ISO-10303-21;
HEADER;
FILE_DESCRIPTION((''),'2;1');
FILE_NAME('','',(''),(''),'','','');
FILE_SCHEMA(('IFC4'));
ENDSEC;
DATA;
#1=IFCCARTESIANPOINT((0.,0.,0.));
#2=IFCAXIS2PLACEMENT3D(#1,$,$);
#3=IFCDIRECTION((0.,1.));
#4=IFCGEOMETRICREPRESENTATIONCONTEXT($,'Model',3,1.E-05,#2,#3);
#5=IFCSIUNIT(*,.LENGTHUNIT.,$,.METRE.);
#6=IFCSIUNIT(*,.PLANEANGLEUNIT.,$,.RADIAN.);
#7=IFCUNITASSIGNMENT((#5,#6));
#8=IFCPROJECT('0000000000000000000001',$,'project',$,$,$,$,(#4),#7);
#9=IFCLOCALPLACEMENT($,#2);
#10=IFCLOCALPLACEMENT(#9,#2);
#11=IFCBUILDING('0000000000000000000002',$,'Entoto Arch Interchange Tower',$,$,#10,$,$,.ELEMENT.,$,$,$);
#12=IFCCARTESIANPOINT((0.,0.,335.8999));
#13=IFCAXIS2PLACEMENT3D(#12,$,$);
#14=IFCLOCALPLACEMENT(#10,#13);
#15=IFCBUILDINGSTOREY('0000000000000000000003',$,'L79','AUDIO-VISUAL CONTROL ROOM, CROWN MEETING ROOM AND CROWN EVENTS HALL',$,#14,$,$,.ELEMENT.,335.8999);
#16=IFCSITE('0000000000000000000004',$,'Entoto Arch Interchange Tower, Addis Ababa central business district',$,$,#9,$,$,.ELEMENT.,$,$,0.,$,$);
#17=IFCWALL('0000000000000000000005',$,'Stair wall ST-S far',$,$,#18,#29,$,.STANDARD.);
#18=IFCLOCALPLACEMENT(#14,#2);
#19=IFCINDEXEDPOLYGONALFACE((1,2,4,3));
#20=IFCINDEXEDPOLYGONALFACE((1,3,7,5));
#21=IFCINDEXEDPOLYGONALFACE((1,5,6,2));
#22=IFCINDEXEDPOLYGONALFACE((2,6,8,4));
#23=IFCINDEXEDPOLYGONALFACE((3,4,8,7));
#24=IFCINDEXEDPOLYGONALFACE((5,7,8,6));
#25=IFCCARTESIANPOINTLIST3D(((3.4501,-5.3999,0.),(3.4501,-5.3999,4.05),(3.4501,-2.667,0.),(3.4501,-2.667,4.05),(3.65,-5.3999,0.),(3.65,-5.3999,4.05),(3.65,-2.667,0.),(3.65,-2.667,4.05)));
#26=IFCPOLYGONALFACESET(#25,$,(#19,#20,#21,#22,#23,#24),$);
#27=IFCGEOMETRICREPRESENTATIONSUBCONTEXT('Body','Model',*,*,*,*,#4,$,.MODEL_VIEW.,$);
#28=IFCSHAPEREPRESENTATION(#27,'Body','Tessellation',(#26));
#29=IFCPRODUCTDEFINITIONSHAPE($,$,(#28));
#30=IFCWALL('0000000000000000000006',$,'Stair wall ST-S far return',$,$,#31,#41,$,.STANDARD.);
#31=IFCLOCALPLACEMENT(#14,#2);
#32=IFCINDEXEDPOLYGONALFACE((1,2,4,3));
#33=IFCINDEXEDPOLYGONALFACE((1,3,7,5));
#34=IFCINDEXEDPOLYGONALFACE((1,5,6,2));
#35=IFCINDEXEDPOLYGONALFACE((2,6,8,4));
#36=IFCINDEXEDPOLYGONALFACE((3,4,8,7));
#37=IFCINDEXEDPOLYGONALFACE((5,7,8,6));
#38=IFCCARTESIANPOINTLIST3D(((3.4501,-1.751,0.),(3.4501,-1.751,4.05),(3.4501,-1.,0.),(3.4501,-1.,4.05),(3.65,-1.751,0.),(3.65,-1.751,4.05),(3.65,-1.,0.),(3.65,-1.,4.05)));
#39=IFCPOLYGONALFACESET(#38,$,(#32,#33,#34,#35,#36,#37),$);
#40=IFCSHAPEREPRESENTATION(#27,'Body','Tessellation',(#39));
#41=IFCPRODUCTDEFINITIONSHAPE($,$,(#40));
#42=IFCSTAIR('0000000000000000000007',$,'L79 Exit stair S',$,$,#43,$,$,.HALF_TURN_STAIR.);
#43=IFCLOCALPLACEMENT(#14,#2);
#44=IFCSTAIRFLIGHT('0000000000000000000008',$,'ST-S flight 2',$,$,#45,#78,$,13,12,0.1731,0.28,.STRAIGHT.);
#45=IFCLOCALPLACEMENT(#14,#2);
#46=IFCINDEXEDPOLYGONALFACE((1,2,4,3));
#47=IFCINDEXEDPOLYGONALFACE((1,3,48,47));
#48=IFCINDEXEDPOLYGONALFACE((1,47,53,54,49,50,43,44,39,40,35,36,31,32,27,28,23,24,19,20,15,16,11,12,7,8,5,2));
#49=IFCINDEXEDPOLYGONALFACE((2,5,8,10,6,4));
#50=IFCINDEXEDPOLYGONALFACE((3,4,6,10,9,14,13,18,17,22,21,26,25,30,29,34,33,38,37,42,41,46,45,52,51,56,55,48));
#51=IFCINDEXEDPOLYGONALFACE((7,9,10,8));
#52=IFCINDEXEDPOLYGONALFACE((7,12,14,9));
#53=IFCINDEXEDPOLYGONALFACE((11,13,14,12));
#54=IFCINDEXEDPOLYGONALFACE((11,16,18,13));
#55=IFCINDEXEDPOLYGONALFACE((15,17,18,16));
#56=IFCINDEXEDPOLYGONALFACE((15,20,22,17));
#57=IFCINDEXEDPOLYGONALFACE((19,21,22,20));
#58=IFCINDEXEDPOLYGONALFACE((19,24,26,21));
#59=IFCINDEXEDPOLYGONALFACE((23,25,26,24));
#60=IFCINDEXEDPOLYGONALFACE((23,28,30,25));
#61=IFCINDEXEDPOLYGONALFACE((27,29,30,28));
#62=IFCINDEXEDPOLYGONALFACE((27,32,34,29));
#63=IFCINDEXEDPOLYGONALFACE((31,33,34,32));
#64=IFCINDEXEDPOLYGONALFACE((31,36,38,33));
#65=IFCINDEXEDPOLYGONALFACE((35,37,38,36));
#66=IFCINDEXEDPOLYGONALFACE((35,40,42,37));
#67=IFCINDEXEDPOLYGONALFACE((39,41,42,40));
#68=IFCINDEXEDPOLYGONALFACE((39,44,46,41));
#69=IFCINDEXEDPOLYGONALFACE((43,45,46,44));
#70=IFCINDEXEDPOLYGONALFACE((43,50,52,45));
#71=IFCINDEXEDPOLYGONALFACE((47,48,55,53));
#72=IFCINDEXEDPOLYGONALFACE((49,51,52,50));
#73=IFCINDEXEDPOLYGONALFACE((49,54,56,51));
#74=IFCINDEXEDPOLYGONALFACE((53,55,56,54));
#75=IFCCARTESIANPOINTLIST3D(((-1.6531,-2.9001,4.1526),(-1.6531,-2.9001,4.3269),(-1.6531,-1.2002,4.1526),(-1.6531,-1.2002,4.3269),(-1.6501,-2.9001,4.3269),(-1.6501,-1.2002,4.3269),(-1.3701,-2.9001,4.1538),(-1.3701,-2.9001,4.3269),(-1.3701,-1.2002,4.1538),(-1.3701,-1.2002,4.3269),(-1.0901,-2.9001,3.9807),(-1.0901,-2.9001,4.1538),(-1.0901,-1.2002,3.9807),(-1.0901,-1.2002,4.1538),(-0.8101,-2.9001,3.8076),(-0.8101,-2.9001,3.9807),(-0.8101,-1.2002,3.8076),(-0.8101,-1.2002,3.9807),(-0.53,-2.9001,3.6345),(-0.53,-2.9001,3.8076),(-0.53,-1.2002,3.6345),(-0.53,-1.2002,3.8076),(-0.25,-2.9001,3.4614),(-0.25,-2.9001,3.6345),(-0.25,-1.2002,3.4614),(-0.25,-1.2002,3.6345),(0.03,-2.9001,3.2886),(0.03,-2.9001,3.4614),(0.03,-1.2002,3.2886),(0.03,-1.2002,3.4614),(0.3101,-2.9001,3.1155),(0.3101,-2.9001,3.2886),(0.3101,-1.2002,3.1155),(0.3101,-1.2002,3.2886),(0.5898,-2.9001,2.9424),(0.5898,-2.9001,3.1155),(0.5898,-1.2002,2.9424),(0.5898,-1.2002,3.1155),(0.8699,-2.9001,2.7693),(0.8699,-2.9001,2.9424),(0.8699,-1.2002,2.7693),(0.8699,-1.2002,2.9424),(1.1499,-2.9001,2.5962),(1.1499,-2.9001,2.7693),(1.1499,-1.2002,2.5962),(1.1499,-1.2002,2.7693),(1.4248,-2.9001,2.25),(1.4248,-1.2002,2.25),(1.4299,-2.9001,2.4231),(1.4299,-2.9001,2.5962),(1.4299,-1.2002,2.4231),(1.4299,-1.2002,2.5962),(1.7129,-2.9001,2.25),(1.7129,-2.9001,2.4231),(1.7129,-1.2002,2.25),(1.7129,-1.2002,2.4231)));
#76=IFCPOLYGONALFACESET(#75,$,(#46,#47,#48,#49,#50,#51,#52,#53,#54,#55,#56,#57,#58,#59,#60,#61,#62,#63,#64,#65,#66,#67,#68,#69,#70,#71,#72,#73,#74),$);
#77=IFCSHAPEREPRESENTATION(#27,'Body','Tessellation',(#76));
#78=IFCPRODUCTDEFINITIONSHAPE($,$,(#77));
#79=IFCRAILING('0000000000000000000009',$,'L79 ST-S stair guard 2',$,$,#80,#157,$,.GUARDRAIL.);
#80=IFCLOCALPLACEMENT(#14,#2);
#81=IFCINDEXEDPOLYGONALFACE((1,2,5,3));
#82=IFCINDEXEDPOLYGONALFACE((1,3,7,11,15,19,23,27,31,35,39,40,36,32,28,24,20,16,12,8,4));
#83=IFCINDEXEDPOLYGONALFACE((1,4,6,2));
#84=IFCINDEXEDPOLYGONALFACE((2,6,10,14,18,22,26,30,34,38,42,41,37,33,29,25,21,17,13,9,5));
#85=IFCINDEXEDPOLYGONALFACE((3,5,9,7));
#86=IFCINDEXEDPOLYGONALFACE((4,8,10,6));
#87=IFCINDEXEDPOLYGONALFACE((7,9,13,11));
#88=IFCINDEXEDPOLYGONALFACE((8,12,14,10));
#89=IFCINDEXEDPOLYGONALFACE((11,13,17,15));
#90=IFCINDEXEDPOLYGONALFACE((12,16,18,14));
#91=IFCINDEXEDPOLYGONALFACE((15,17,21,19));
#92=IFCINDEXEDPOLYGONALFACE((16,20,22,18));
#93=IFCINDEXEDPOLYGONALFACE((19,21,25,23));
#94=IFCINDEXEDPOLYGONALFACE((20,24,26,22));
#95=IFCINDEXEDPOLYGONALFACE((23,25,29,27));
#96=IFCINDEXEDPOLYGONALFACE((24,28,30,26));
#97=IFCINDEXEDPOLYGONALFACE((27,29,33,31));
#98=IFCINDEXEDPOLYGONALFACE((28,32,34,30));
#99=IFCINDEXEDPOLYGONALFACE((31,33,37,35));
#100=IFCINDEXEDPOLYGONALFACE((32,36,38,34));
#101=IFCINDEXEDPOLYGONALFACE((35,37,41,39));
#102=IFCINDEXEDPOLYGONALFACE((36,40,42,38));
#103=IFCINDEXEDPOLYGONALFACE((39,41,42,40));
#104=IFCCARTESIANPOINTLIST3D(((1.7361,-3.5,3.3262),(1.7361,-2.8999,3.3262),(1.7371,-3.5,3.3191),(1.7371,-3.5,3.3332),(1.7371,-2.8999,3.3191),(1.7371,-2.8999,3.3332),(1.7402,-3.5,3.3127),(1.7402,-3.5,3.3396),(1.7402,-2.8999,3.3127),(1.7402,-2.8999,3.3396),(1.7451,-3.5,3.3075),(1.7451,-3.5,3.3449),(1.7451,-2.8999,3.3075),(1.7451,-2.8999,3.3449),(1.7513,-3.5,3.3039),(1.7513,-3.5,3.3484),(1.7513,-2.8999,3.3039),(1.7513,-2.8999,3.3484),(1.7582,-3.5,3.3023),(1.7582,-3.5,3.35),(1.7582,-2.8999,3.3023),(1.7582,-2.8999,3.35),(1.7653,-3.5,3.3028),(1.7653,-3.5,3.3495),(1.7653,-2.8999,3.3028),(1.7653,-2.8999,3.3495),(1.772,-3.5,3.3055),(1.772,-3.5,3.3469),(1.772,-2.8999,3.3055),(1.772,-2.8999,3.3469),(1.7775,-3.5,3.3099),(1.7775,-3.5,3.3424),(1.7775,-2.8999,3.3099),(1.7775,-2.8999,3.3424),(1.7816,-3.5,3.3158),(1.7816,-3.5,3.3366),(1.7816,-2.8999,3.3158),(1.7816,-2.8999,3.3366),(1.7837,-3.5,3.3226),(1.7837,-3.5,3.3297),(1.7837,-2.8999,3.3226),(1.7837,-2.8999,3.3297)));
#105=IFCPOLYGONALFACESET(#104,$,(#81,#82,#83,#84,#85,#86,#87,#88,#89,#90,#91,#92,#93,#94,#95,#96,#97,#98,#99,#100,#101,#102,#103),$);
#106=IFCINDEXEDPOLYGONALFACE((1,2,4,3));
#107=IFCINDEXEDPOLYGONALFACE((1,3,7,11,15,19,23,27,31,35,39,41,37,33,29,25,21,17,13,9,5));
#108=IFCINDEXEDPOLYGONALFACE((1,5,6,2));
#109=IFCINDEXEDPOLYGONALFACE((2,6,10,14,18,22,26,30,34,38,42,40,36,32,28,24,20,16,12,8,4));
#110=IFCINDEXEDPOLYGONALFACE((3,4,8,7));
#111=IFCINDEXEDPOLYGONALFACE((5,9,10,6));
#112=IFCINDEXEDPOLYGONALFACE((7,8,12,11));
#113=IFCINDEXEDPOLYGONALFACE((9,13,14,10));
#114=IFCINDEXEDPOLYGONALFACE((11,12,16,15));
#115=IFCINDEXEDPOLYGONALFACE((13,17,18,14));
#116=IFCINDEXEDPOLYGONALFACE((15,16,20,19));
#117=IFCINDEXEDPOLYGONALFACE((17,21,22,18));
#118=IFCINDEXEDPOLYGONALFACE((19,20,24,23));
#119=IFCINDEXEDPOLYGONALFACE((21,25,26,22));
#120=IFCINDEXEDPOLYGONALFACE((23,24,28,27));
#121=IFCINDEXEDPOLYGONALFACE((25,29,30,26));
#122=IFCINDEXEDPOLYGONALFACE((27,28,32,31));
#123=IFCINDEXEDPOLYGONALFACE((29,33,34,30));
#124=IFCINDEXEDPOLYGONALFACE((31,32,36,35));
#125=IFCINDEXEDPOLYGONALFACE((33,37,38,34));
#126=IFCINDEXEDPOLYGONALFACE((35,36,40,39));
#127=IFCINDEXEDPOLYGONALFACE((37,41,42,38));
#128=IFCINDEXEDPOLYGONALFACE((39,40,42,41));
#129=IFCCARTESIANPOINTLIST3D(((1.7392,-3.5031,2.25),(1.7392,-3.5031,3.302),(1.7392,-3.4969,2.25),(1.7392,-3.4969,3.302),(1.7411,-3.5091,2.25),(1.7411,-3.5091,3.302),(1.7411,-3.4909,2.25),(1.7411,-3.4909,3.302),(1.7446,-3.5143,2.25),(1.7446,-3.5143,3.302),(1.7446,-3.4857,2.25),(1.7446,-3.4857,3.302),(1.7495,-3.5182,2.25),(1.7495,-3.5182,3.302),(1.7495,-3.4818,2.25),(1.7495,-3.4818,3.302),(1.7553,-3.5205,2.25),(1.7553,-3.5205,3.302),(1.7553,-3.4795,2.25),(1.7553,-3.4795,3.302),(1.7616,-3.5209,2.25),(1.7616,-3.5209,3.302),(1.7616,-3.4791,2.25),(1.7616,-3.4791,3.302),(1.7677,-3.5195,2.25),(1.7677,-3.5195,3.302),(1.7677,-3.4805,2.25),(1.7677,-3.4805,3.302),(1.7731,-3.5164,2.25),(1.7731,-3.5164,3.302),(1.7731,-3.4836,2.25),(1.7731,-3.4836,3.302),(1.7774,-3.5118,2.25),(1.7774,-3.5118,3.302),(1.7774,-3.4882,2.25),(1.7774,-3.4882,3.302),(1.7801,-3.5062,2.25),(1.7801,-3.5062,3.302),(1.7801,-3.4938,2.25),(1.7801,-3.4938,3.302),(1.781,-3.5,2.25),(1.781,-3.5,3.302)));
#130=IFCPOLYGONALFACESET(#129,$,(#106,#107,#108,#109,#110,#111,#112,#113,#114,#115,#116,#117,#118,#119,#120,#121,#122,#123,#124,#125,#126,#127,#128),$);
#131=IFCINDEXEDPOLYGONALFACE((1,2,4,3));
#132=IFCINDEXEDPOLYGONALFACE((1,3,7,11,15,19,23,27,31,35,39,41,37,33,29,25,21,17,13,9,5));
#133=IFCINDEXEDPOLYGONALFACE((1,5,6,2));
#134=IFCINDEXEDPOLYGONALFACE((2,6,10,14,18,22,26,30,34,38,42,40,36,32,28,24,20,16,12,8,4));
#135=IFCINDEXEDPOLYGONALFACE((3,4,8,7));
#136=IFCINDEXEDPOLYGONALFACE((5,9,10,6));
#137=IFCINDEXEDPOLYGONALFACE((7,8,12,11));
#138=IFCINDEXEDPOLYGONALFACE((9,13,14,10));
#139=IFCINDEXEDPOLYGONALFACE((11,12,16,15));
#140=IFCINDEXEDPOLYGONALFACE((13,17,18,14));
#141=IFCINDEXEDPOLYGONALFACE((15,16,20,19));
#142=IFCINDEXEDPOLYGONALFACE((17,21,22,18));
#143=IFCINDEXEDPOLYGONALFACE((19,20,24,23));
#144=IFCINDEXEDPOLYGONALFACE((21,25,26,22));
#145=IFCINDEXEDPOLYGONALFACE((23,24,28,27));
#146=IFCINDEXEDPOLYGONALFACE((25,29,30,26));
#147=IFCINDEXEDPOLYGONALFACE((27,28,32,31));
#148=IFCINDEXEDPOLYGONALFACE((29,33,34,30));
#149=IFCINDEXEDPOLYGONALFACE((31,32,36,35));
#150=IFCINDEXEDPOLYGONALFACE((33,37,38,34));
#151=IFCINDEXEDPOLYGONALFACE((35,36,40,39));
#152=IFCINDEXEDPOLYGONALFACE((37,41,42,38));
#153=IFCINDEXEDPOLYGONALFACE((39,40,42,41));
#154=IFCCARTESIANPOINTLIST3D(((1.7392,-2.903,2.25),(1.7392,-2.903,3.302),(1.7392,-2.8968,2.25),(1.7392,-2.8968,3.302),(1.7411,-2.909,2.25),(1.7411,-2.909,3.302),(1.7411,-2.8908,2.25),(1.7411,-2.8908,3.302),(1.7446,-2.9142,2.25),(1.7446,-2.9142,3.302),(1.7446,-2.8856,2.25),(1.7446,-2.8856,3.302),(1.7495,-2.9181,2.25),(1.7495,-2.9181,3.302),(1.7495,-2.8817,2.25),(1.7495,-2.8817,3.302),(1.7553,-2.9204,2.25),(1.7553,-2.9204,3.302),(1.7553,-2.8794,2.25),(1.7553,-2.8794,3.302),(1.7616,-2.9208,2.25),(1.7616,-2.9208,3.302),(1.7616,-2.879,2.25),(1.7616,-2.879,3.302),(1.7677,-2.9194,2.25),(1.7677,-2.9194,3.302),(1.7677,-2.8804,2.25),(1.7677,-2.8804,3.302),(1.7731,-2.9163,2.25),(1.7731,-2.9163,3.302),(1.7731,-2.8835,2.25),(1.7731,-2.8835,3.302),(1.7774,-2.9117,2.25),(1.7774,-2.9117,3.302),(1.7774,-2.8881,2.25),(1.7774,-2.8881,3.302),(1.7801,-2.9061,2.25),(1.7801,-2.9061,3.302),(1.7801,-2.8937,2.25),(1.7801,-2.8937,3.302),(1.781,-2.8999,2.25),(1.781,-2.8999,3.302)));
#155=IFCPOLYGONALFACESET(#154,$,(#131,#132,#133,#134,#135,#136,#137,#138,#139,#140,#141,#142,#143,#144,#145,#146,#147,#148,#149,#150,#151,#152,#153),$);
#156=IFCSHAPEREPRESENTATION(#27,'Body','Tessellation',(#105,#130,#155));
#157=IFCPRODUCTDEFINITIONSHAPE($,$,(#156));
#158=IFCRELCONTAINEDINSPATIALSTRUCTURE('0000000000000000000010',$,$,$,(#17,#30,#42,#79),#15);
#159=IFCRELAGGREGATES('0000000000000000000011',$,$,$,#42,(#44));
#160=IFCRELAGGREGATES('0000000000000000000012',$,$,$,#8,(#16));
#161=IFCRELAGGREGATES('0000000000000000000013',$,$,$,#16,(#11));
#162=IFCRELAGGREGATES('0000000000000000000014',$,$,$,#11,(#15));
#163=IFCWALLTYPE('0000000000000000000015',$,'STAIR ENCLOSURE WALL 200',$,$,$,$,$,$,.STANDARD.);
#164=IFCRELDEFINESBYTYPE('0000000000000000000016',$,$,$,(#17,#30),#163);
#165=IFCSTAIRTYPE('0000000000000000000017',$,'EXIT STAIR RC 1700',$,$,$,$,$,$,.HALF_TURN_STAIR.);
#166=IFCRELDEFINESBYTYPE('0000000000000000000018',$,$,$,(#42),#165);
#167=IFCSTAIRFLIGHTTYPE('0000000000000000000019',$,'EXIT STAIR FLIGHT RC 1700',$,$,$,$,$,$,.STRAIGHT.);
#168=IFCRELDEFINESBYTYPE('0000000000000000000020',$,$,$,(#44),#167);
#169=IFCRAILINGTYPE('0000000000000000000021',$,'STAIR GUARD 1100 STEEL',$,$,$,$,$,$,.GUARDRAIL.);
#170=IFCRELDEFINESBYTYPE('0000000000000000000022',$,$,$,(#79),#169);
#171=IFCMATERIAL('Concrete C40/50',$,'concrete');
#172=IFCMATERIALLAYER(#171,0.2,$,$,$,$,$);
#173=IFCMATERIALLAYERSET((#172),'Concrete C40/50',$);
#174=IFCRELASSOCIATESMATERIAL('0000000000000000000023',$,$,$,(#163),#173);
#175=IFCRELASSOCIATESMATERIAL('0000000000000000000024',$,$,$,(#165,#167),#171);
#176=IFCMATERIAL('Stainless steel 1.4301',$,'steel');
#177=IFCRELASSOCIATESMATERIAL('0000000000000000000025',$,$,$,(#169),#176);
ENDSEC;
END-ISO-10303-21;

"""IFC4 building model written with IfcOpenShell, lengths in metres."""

from ifc_helpers import new_model, si_unit, direction, frame, frame_2d, origin, origin_2d, place, context, subcontext, project, spatial, polyline, rectangle, circle, outline, extrude, material, layer, layer_set, type_object, element, aggregate, save


model = new_model("IFC4")

# Units and contexts
model_context = context("Model", 3, precision=1e-05, world=origin(), true_north=direction((0.0, 1.0)))
body_context = subcontext(model_context, "Body", "Model", "MODEL_VIEW")
ifc_project = project(units=[si_unit("LENGTHUNIT", "METRE"), si_unit("PLANEANGLEUNIT", "RADIAN")], contexts=[model_context])

# Site, building, storey
site_placement = place(None, origin())
site = spatial("IfcSite", under=ifc_project, at=site_placement, Name="Entoto Arch Interchange Tower, Addis Ababa central business district", CompositionType="ELEMENT", RefElevation=0.0)
building_placement = place(site_placement, origin())
building = spatial("IfcBuilding", under=site, at=building_placement, Name="Entoto Arch Interchange Tower", CompositionType="ELEMENT")
storey_placement = place(building_placement, frame((0.0, 0.0, 335.8999)))
storey = spatial("IfcBuildingStorey", under=building, at=storey_placement, Name="L79", Description="AUDIO-VISUAL CONTROL ROOM, CROWN MEETING ROOM AND CROWN EVENTS HALL", CompositionType="ELEMENT", Elevation=335.8999)

# Shared definitions
ifc_material_1 = material(Name="Concrete C40/50", Category="concrete")

# Walls
ifc_layer_1 = layer(ifc_material_1, 0.2)
ifc_layer_set_1 = layer_set([ifc_layer_1], Name="Concrete C40/50")
wall_type_1 = type_object("IfcWallType", Name="STAIR ENCLOSURE WALL 200", PredefinedType="STANDARD", material=ifc_layer_set_1)
wall_1_placement = place(storey_placement, frame((3.55, -2.667, 0.0), z_axis=(0.0, 0.0, 1.0), x_axis=(0.0, -1.0, 0.0)))
element("IfcWall", 1, at=wall_1_placement, inside=storey, type_object=wall_type_1, Name="Stair wall ST-S far", PredefinedType="STANDARD", context=body_context, shape_type="SweptSolid", body=[
    extrude(rectangle(XDim=2.7329, YDim=0.2, at=frame_2d((1.3665, 0.0))), origin(), (0.0, 0.0, 1.0), 4.05),
])
wall_2_placement = place(storey_placement, frame((3.55, -1.0, 0.0), z_axis=(0.0, 0.0, 1.0), x_axis=(0.0, -1.0, 0.0)))
element("IfcWall", 2, at=wall_2_placement, inside=storey, type_object=wall_type_1, Name="Stair wall ST-S far return", PredefinedType="STANDARD", context=body_context, shape_type="SweptSolid", body=[
    extrude(rectangle(XDim=0.751, YDim=0.2, at=frame_2d((0.3755, 0.0))), origin(), (0.0, 0.0, 1.0), 4.05),
])

# Stair, stair flight
stair_type = type_object("IfcStairType", Name="EXIT STAIR RC 1700", PredefinedType="HALF_TURN_STAIR", material=ifc_material_1)
stair_placement = place(storey_placement, origin())
stair = element("IfcStair", 3, at=stair_placement, inside=storey, type_object=stair_type, Name="L79 Exit stair S", PredefinedType="HALF_TURN_STAIR")
stair_flight_type = type_object("IfcStairFlightType", Name="EXIT STAIR FLIGHT RC 1700", PredefinedType="STRAIGHT", material=ifc_material_1)
stair_flight_placement = place(storey_placement, frame((1.71, -2.05, 2.25), z_axis=(0.0, 0.0, 1.0), x_axis=(-1.0, 0.0, 0.0)))
stair_flight = element("IfcStairFlight", 4, at=stair_flight_placement, type_object=stair_flight_type, Name="ST-S flight 2", NumberOfRisers=13, NumberOfTreads=12, PredefinedType="STRAIGHT", RiserHeight=0.1731, TreadLength=0.28, context=body_context, shape_type="SweptSolid", body=[
    extrude(outline(polyline([(-0.0029, 0.0), (-0.0029, 0.1731), (0.28, 0.1731), (0.28, 0.3462), (0.5601, 0.3462), (0.5601, 0.5193), (0.8401, 0.5193), (0.8401, 0.6924), (1.1201, 0.6924), (1.1201, 0.8655), (1.3999, 0.8655), (1.3999, 1.0386), (1.6799, 1.0386), (1.6799, 1.2114), (1.96, 1.2114), (1.96, 1.3845), (2.24, 1.3845), (2.24, 1.5576), (2.52, 1.5576), (2.52, 1.7307), (2.8, 1.7307), (2.8, 1.9038), (3.0801, 1.9038), (3.0801, 2.0769), (3.3601, 2.0769), (3.363, 2.0769), (3.363, 1.9026), (0.2852, 0.0), (-0.0029, 0.0)])), frame((0.0, 0.8501, 0.0), z_axis=(0.0, -1.0, 0.0), x_axis=(1.0, 0.0, 0.0)), (0.0, 0.0, 1.0), 1.7),
])
aggregate(stair, [stair_flight])

# Railing
ifc_material_2 = material(Name="Stainless steel 1.4301", Category="steel")
railing_type_1 = type_object("IfcRailingType", Name="STAIR GUARD 1100 STEEL", PredefinedType="GUARDRAIL", material=ifc_material_2)
railing_1_placement = place(storey_placement, frame((1.76, -3.5, 2.25)))
element("IfcRailing", 5, at=railing_1_placement, inside=storey, type_object=railing_type_1, Name="L79 ST-S stair guard 2", PredefinedType="GUARDRAIL", context=body_context, shape_type="SweptSolid", body=[
    extrude(circle(Radius=0.0239, at=origin_2d()), frame((0.0, 0.0, 1.0762), z_axis=(0.0, 1.0, 0.0), x_axis=(-1.0, 0.0, 0.0)), (0.0, 0.0, 1.0), 0.6001),
    extrude(circle(Radius=0.021, at=origin_2d()), origin(), (0.0, 0.0, 1.0), 1.052),
    extrude(circle(Radius=0.021, at=origin_2d()), frame((0.0, 0.6001, 0.0)), (0.0, 0.0, 1.0), 1.052),
])

save(model, "model.ifc")
